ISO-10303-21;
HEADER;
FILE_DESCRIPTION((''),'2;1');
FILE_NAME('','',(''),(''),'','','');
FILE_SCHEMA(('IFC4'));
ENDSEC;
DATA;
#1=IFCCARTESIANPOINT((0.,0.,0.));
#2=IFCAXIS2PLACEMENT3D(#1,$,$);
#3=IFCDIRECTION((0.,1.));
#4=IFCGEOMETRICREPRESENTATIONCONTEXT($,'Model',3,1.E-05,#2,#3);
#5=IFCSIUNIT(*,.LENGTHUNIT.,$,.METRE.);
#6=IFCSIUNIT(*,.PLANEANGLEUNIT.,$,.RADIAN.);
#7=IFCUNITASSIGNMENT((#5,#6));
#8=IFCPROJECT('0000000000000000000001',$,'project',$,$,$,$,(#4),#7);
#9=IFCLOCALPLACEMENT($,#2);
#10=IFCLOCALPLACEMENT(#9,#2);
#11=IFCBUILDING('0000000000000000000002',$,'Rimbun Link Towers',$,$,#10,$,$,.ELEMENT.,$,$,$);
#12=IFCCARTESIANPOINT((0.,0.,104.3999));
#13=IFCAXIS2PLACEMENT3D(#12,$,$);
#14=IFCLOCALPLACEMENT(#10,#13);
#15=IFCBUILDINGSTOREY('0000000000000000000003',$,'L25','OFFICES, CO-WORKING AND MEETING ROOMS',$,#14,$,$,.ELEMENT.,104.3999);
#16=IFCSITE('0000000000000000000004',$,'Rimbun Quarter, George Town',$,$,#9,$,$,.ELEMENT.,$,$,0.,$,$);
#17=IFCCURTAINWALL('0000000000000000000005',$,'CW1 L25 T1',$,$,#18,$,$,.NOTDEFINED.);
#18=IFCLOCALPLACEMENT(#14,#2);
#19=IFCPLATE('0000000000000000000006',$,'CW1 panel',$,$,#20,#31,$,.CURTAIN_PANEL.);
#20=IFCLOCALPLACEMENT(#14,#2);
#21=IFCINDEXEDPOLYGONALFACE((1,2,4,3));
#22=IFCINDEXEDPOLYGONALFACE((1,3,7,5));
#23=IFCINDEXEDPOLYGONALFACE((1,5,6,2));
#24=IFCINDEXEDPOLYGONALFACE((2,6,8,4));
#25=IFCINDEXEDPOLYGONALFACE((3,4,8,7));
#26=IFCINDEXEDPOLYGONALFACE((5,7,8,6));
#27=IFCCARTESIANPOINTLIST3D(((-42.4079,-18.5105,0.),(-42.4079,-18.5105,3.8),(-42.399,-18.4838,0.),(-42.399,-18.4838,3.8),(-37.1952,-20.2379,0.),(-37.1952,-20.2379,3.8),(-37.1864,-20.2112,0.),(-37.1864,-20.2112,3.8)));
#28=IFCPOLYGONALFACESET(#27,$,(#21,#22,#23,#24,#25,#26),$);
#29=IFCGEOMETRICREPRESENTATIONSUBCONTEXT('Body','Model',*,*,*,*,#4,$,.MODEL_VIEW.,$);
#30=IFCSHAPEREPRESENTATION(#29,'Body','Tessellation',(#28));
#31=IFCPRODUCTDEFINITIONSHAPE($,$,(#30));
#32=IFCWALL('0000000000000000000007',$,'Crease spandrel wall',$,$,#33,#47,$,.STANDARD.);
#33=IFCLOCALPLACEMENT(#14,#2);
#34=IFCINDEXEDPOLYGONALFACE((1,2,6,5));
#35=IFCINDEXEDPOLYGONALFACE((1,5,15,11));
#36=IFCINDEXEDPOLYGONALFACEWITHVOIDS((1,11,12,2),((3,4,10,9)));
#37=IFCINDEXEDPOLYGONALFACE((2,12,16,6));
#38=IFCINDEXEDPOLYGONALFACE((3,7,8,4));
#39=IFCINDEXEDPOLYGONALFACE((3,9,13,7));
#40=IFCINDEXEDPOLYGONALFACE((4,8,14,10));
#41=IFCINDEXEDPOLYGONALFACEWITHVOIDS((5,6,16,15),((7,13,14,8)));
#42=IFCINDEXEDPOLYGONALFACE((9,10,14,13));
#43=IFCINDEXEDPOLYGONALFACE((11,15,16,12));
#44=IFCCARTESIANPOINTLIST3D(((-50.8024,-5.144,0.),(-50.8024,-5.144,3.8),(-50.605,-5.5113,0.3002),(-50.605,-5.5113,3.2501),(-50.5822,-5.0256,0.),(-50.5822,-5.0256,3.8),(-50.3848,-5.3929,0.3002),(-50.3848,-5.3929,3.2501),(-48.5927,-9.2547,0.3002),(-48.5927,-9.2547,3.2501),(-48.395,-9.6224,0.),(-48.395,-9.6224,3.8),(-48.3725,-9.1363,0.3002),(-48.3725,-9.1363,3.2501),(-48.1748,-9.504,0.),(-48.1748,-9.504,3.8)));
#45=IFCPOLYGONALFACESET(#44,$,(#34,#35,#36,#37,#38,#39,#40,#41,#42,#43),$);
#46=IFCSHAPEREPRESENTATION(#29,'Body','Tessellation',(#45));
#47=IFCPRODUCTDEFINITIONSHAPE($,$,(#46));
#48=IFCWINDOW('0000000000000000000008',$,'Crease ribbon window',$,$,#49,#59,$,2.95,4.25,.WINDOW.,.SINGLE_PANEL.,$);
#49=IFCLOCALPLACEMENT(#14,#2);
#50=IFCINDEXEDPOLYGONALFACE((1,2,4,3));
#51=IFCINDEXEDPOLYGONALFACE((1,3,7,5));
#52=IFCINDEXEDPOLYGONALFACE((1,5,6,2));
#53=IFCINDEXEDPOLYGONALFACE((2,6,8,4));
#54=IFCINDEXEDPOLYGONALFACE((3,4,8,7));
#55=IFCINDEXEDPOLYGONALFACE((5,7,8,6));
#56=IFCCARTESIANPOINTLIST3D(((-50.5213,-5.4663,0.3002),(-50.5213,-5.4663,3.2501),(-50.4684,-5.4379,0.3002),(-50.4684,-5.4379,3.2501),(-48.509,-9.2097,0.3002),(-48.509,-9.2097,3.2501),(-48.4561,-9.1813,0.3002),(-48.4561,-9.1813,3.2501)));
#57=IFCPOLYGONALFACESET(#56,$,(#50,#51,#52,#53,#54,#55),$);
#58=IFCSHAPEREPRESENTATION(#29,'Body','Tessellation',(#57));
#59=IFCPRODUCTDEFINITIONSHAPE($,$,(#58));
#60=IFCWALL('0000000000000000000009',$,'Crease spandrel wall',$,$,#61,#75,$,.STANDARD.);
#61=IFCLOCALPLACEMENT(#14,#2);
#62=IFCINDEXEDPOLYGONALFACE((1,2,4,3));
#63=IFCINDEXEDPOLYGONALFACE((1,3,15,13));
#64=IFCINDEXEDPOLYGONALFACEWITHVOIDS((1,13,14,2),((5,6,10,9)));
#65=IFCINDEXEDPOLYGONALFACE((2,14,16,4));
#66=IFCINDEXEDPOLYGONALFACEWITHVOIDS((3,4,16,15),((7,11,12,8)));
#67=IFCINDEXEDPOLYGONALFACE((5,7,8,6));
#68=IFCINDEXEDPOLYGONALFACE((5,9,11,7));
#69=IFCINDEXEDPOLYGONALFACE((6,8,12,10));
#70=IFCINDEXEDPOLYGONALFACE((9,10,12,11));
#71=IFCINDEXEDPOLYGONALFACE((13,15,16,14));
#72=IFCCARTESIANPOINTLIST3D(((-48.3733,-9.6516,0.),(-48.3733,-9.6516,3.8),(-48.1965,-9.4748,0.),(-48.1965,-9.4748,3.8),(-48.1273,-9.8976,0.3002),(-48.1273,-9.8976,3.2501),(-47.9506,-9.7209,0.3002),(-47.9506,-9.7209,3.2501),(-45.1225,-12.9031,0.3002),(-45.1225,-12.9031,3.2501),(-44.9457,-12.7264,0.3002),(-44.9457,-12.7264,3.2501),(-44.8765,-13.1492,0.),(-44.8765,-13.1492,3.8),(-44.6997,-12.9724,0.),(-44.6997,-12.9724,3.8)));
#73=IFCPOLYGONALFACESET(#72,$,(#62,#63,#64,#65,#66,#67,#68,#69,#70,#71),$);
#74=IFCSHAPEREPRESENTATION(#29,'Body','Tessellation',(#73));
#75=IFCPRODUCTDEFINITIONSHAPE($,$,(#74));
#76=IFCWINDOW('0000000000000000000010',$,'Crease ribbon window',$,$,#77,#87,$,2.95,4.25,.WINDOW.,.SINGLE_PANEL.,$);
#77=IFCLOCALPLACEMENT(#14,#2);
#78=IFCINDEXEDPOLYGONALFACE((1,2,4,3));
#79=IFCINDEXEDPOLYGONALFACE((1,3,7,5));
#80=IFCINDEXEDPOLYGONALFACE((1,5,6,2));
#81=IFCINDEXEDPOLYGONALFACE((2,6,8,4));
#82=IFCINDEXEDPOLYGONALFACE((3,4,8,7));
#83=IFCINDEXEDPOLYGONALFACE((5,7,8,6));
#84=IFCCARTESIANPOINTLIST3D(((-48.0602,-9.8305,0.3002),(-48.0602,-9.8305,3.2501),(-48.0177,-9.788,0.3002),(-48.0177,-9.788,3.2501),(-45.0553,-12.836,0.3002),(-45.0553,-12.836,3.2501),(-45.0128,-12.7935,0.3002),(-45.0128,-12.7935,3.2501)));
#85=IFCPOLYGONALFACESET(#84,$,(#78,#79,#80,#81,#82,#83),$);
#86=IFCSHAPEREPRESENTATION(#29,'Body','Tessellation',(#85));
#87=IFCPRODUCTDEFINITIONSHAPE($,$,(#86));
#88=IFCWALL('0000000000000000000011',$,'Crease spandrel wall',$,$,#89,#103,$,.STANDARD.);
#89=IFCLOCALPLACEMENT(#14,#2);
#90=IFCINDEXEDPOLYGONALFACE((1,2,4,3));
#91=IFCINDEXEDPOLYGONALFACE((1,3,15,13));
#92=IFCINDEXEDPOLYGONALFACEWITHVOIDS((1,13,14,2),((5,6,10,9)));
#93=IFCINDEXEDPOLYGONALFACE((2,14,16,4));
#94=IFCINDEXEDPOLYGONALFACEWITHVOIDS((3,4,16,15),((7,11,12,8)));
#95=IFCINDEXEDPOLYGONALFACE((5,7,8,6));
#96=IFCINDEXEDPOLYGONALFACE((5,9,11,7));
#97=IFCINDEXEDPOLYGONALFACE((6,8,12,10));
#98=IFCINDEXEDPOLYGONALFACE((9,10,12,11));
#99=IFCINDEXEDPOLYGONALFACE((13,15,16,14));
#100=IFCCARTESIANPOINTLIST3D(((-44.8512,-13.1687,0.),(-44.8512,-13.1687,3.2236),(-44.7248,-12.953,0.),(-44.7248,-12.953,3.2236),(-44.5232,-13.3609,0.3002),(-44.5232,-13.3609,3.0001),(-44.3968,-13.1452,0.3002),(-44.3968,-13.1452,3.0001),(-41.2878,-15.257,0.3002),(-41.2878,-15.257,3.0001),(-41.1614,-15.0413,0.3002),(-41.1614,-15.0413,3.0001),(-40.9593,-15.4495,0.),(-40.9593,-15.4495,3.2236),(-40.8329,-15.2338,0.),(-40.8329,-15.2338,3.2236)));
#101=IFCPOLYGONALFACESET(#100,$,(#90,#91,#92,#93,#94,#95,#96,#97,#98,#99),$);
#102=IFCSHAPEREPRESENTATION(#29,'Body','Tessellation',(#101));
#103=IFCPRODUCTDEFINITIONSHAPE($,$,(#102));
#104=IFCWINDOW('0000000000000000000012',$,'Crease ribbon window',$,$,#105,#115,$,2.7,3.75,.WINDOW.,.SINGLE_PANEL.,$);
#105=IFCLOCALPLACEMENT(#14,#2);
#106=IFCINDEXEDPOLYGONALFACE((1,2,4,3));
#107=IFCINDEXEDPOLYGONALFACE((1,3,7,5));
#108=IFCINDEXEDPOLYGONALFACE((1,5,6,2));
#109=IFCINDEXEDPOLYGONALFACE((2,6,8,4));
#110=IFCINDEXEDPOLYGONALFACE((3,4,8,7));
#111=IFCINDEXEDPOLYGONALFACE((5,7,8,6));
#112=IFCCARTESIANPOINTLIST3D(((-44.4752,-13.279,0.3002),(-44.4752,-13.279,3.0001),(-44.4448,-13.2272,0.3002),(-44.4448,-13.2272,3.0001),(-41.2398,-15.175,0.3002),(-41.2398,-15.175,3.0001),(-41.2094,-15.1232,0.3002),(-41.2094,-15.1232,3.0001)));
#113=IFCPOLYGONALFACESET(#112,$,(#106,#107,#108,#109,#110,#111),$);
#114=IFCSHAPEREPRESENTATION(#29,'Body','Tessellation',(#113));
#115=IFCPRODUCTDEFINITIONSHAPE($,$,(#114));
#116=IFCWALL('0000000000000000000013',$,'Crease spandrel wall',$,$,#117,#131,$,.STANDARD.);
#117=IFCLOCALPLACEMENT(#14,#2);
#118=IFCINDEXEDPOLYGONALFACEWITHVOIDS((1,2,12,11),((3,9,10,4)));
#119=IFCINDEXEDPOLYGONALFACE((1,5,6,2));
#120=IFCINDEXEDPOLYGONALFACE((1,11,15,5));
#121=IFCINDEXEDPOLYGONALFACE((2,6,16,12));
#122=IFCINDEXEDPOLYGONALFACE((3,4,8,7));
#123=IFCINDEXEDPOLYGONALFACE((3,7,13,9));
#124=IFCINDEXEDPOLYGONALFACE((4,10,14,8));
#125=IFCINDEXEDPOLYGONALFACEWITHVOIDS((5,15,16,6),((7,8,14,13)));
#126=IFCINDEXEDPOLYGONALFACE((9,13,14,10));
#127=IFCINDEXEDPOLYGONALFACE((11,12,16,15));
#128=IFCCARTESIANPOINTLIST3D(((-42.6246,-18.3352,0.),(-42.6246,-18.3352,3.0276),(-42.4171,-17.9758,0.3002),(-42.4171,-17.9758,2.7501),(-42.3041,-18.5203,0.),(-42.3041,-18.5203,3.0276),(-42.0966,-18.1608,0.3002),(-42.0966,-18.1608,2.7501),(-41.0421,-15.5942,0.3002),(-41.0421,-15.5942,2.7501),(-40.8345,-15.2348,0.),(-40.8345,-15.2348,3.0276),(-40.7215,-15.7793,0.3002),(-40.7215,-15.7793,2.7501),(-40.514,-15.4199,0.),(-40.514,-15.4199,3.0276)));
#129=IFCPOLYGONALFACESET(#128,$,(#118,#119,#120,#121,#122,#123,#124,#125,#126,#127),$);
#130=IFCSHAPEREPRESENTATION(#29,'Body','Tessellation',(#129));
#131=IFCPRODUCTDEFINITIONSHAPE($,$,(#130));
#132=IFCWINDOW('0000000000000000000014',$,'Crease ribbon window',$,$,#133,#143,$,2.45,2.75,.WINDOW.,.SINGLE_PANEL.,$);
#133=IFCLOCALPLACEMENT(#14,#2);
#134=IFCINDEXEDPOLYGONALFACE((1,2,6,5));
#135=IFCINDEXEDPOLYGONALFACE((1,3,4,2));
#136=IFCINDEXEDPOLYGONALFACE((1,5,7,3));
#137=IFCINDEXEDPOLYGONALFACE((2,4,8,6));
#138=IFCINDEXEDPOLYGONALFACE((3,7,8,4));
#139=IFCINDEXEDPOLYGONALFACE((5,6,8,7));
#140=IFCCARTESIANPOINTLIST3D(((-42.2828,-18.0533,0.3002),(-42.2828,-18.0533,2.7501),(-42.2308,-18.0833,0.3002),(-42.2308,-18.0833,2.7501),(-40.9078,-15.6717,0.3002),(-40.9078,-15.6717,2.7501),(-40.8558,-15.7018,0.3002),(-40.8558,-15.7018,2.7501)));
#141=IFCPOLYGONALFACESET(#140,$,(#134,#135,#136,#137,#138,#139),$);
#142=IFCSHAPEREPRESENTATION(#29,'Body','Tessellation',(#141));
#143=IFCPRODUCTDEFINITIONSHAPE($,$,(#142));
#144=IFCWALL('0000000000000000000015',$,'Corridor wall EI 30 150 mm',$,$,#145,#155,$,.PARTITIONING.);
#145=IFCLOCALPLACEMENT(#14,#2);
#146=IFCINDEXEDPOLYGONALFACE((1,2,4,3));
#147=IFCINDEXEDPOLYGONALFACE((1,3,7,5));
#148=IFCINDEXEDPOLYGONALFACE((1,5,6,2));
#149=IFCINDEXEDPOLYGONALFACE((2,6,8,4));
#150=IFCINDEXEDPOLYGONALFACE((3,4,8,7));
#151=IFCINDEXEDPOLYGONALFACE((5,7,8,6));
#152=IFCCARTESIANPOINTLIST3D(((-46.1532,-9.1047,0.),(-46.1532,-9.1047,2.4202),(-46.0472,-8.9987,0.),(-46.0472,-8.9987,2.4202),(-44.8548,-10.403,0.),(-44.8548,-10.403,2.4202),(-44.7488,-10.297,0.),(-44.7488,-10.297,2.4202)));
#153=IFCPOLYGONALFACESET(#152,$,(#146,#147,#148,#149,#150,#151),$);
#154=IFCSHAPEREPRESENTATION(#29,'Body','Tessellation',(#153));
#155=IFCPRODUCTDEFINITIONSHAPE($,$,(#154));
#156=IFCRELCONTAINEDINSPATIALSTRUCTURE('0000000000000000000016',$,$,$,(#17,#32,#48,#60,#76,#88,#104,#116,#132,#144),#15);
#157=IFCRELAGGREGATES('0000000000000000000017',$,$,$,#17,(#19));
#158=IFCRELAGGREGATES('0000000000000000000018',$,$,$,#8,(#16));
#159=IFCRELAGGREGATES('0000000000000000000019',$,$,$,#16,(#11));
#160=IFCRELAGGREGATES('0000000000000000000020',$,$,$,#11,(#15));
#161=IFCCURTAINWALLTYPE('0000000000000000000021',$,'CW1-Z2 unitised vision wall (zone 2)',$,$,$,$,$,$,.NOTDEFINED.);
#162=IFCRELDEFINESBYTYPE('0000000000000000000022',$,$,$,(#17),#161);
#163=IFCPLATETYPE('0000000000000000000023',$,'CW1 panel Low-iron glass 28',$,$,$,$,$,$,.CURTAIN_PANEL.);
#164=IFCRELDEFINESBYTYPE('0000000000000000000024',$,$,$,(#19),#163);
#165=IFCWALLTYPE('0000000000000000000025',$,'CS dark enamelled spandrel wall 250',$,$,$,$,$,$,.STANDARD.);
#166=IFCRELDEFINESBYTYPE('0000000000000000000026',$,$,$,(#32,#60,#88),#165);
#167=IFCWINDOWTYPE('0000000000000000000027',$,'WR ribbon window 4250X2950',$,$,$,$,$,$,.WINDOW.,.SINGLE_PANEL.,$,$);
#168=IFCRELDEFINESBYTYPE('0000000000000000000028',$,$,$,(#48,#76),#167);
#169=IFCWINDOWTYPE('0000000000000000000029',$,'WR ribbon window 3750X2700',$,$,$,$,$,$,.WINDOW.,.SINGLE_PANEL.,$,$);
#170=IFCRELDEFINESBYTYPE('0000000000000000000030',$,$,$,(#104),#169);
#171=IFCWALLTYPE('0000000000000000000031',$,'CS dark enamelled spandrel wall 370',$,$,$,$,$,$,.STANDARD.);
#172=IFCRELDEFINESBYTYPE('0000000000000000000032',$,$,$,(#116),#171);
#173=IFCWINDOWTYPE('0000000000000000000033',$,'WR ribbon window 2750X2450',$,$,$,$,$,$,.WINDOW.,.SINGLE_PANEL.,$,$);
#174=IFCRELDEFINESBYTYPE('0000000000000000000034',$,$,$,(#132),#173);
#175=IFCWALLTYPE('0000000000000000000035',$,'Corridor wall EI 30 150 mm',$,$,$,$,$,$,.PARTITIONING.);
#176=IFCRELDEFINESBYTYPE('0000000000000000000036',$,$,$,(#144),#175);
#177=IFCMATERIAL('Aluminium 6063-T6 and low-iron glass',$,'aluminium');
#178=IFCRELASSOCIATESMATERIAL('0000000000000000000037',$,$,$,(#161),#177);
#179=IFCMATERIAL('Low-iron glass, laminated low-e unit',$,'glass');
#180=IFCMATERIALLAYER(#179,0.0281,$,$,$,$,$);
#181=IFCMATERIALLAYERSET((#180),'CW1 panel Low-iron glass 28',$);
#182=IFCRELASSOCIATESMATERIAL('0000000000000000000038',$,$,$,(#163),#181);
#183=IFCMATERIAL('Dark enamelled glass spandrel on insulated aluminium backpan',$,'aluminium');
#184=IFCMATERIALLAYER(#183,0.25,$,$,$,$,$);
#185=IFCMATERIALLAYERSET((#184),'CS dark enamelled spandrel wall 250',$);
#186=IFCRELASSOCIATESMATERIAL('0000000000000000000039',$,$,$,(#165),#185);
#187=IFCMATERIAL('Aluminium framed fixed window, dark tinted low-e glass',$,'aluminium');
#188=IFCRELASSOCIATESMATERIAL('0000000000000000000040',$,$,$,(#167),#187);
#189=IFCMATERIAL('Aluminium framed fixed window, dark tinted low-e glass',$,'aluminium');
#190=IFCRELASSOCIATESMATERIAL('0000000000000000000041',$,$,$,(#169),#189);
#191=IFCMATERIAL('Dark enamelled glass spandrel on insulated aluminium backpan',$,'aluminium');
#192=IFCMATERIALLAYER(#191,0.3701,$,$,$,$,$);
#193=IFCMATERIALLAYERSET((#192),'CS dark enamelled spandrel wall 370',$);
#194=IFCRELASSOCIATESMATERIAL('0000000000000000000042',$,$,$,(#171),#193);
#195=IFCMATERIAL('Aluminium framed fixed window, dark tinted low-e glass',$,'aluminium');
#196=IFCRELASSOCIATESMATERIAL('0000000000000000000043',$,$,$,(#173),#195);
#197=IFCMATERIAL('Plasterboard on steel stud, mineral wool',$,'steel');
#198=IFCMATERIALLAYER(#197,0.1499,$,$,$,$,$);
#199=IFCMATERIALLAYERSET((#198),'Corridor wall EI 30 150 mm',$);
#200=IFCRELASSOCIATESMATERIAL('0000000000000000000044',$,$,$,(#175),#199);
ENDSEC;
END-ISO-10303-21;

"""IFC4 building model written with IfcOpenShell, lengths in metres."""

from ifc_helpers import new_model, si_unit, direction, frame, frame_2d, origin, origin_2d, place, context, subcontext, project, spatial, rectangle, extrude, material, layer, layer_set, type_object, element, fill, aggregate, save


model = new_model("IFC4")

# Units and contexts
model_context = context("Model", 3, precision=1e-05, world=origin(), true_north=direction((0.0, 1.0)))
body_context = subcontext(model_context, "Body", "Model", "MODEL_VIEW")
ifc_project = project(units=[si_unit("LENGTHUNIT", "METRE"), si_unit("PLANEANGLEUNIT", "RADIAN")], contexts=[model_context])

# Site, building, storey
site_placement = place(None, origin())
site = spatial("IfcSite", under=ifc_project, at=site_placement, Name="Rimbun Quarter, George Town", CompositionType="ELEMENT", RefElevation=0.0)
building_placement = place(site_placement, origin())
building = spatial("IfcBuilding", under=site, at=building_placement, Name="Rimbun Link Towers", CompositionType="ELEMENT")
storey_placement = place(building_placement, frame((0.0, 0.0, 104.3999)))
storey = spatial("IfcBuildingStorey", under=building, at=storey_placement, Name="L25", Description="OFFICES, CO-WORKING AND MEETING ROOMS", CompositionType="ELEMENT", Elevation=104.3999)

# Curtain wall
ifc_material_1 = material(Name="Aluminium 6063-T6 and low-iron glass", Category="aluminium")
curtain_wall_type = type_object("IfcCurtainWallType", Name="CW1-Z2 unitised vision wall (zone 2)", PredefinedType="NOTDEFINED", material=ifc_material_1)
curtain_wall_placement = place(storey_placement, origin())
curtain_wall = element("IfcCurtainWall", 1, at=curtain_wall_placement, inside=storey, type_object=curtain_wall_type, Name="CW1 L25 T1", PredefinedType="NOTDEFINED")

# Plate
ifc_material_2 = material(Name="Low-iron glass, laminated low-e unit", Category="glass")
ifc_layer_1 = layer(ifc_material_2, 0.0281)
ifc_layer_set_1 = layer_set([ifc_layer_1], Name="CW1 panel Low-iron glass 28")
plate_type = type_object("IfcPlateType", Name="CW1 panel Low-iron glass 28", PredefinedType="CURTAIN_PANEL", material=ifc_layer_set_1)
plate_placement = place(storey_placement, frame((-39.7971, -19.3608, 0.0), z_axis=(0.0, 0.0, 1.0), x_axis=(-0.949237, 0.314562, 0.0)))
plate = element("IfcPlate", 2, at=plate_placement, type_object=plate_type, Name="CW1 panel", PredefinedType="CURTAIN_PANEL", context=body_context, shape_type="SweptSolid", body=[
    extrude(rectangle(XDim=5.4915, YDim=0.0281, at=origin_2d()), origin(), (0.0, 0.0, 1.0), 3.8),
])
aggregate(curtain_wall, [plate])

# Walls, openings, windows
ifc_material_3 = material(Name="Dark enamelled glass spandrel on insulated aluminium backpan", Category="aluminium")
ifc_layer_2 = layer(ifc_material_3, 0.25)
ifc_layer_set_2 = layer_set([ifc_layer_2], Name="CS dark enamelled spandrel wall 250")
wall_type_1 = type_object("IfcWallType", Name="CS dark enamelled spandrel wall 250", PredefinedType="STANDARD", material=ifc_layer_set_2)
wall_1_placement = place(storey_placement, frame((-48.2849, -9.5632, 0.0), z_axis=(0.0, 0.0, 1.0), x_axis=(-0.473484, 0.880802, 0.0)))
wall_1 = element("IfcWall", 3, at=wall_1_placement, inside=storey, type_object=wall_type_1, Name="Crease spandrel wall", PredefinedType="STANDARD", context=body_context, shape_type="SweptSolid", body=[
    extrude(rectangle(XDim=5.0845, YDim=0.25, at=frame_2d((2.5422, 0.0))), origin(), (0.0, 0.0, 1.0), 3.8),
])
opening_1_placement = place(wall_1_placement, frame((0.4175, 0.0, 0.3)))
opening_1 = element("IfcOpeningElement", 4, at=opening_1_placement, cuts=wall_1, PredefinedType="OPENING", context=body_context, shape_type="SweptSolid", body=[
    extrude(rectangle(XDim=4.25, YDim=2.95, at=frame_2d((2.125, 1.4751))), frame((0.0, 0.135, 0.0), z_axis=(0.0, -1.0, 0.0), x_axis=(1.0, 0.0, 0.0)), (0.0, 0.0, 1.0), 0.27),
])
ifc_material_4 = material(Name="Aluminium framed fixed window, dark tinted low-e glass", Category="aluminium")
window_type_1 = type_object("IfcWindowType", Name="WR ribbon window 4250X2950", PartitioningType="SINGLE_PANEL", PredefinedType="WINDOW", material=ifc_material_4)
window_1_placement = place(opening_1_placement, origin())
window_1 = element("IfcWindow", 5, at=window_1_placement, inside=storey, type_object=window_type_1, Name="Crease ribbon window", OverallHeight=2.95, OverallWidth=4.25, PartitioningType="SINGLE_PANEL", PredefinedType="WINDOW", context=body_context, shape_type="SweptSolid", body=[
    extrude(rectangle(XDim=4.25, YDim=2.95, at=frame_2d((2.125, 1.4751))), frame((0.0, 0.03, 0.0), z_axis=(0.0, -1.0, 0.0), x_axis=(1.0, 0.0, 0.0)), (0.0, 0.0, 1.0), 0.0601),
])
fill(opening_1, window_1)
wall_2_placement = place(storey_placement, frame((-44.7881, -13.0608, 0.0), z_axis=(0.0, 0.0, 1.0), x_axis=(-0.707033, 0.707181, 0.0)))
wall_2 = element("IfcWall", 6, at=wall_2_placement, inside=storey, type_object=wall_type_1, Name="Crease spandrel wall", PredefinedType="STANDARD", context=body_context, shape_type="SweptSolid", body=[
    extrude(rectangle(XDim=4.9458, YDim=0.25, at=frame_2d((2.4729, 0.0))), origin(), (0.0, 0.0, 1.0), 3.8),
])
opening_2_placement = place(wall_2_placement, frame((0.3479, 0.0, 0.3)))
opening_2 = element("IfcOpeningElement", 7, at=opening_2_placement, cuts=wall_2, PredefinedType="OPENING", context=body_context, shape_type="SweptSolid", body=[
    extrude(rectangle(XDim=4.25, YDim=2.95, at=frame_2d((2.125, 1.4751))), frame((0.0, 0.135, 0.0), z_axis=(0.0, -1.0, 0.0), x_axis=(1.0, 0.0, 0.0)), (0.0, 0.0, 1.0), 0.27),
])
window_2_placement = place(opening_2_placement, origin())
window_2 = element("IfcWindow", 8, at=window_2_placement, inside=storey, type_object=window_type_1, Name="Crease ribbon window", OverallHeight=2.95, OverallWidth=4.25, PartitioningType="SINGLE_PANEL", PredefinedType="WINDOW", context=body_context, shape_type="SweptSolid", body=[
    extrude(rectangle(XDim=4.25, YDim=2.95, at=frame_2d((2.125, 1.4751))), frame((0.0, 0.03, 0.0), z_axis=(0.0, -1.0, 0.0), x_axis=(1.0, 0.0, 0.0)), (0.0, 0.0, 1.0), 0.0601),
])
fill(opening_2, window_2)
wall_3_placement = place(storey_placement, frame((-40.8962, -15.3416, 0.0), z_axis=(0.0, 0.0, 1.0), x_axis=(-0.862762, 0.50561, 0.0)))
wall_3 = element("IfcWall", 9, at=wall_3_placement, inside=storey, type_object=wall_type_1, Name="Crease spandrel wall", PredefinedType="STANDARD", context=body_context, shape_type="SweptSolid", body=[
    extrude(rectangle(XDim=4.511, YDim=0.25, at=frame_2d((2.2554, 0.0))), origin(), (0.0, 0.0, 1.0), 3.2236),
])
opening_3_placement = place(wall_3_placement, frame((0.3806, 0.0, 0.3)))
opening_3 = element("IfcOpeningElement", 10, at=opening_3_placement, cuts=wall_3, PredefinedType="OPENING", context=body_context, shape_type="SweptSolid", body=[
    extrude(rectangle(XDim=3.75, YDim=2.7, at=frame_2d((1.875, 1.3501))), frame((0.0, 0.135, 0.0), z_axis=(0.0, -1.0, 0.0), x_axis=(1.0, 0.0, 0.0)), (0.0, 0.0, 1.0), 0.27),
])
ifc_material_5 = material(Name="Aluminium framed fixed window, dark tinted low-e glass", Category="aluminium")
window_type_2 = type_object("IfcWindowType", Name="WR ribbon window 3750X2700", PartitioningType="SINGLE_PANEL", PredefinedType="WINDOW", material=ifc_material_5)
window_3_placement = place(opening_3_placement, origin())
window_3 = element("IfcWindow", 11, at=window_3_placement, inside=storey, type_object=window_type_2, Name="Crease ribbon window", OverallHeight=2.7, OverallWidth=3.75, PartitioningType="SINGLE_PANEL", PredefinedType="WINDOW", context=body_context, shape_type="SweptSolid", body=[
    extrude(rectangle(XDim=3.75, YDim=2.7, at=frame_2d((1.875, 1.3501))), frame((0.0, 0.03, 0.0), z_axis=(0.0, -1.0, 0.0), x_axis=(1.0, 0.0, 0.0)), (0.0, 0.0, 1.0), 0.0601),
])
fill(opening_3, window_3)
ifc_material_6 = material(Name="Dark enamelled glass spandrel on insulated aluminium backpan", Category="aluminium")
ifc_layer_3 = layer(ifc_material_6, 0.3701)
ifc_layer_set_3 = layer_set([ifc_layer_3], Name="CS dark enamelled spandrel wall 370")
wall_type_2 = type_object("IfcWallType", Name="CS dark enamelled spandrel wall 370", PredefinedType="STANDARD", material=ifc_layer_set_3)
wall_4_placement = place(storey_placement, frame((-42.4644, -18.4277, 0.0), z_axis=(0.0, 0.0, 1.0), x_axis=(0.500012, 0.866019, 0.0)))
wall_4 = element("IfcWall", 12, at=wall_4_placement, inside=storey, type_object=wall_type_2, Name="Crease spandrel wall", PredefinedType="STANDARD", context=body_context, shape_type="SweptSolid", body=[
    extrude(rectangle(XDim=3.5801, YDim=0.3701, at=frame_2d((1.79, 0.0))), origin(), (0.0, 0.0, 1.0), 3.0276),
])
opening_4_placement = place(wall_4_placement, frame((0.415, 0.0, 0.3)))
opening_4 = element("IfcOpeningElement", 13, at=opening_4_placement, cuts=wall_4, PredefinedType="OPENING", context=body_context, shape_type="SweptSolid", body=[
    extrude(rectangle(XDim=2.75, YDim=2.45, at=frame_2d((1.375, 1.2251))), frame((0.0, 0.1951, 0.0), z_axis=(0.0, -1.0, 0.0), x_axis=(1.0, 0.0, 0.0)), (0.0, 0.0, 1.0), 0.3901),
])
ifc_material_7 = material(Name="Aluminium framed fixed window, dark tinted low-e glass", Category="aluminium")
window_type_3 = type_object("IfcWindowType", Name="WR ribbon window 2750X2450", PartitioningType="SINGLE_PANEL", PredefinedType="WINDOW", material=ifc_material_7)
window_4_placement = place(opening_4_placement, origin())
window_4 = element("IfcWindow", 14, at=window_4_placement, inside=storey, type_object=window_type_3, Name="Crease ribbon window", OverallHeight=2.45, OverallWidth=2.75, PartitioningType="SINGLE_PANEL", PredefinedType="WINDOW", context=body_context, shape_type="SweptSolid", body=[
    extrude(rectangle(XDim=2.75, YDim=2.45, at=frame_2d((1.375, 1.2251))), frame((0.0, 0.03, 0.0), z_axis=(0.0, -1.0, 0.0), x_axis=(1.0, 0.0, 0.0)), (0.0, 0.0, 1.0), 0.0601),
])
fill(opening_4, window_4)

# Wall
ifc_material_8 = material(Name="Plasterboard on steel stud, mineral wool", Category="steel")
ifc_layer_4 = layer(ifc_material_8, 0.1499)
ifc_layer_set_4 = layer_set([ifc_layer_4], Name="Corridor wall EI 30 150 mm")
wall_type_3 = type_object("IfcWallType", Name="Corridor wall EI 30 150 mm", PredefinedType="PARTITIONING", material=ifc_layer_set_4)
wall_5_placement = place(storey_placement, frame((-46.1001, -9.0518, 0.0), z_axis=(0.0, 0.0, 1.0), x_axis=(0.707107, -0.707107, 0.0)))
element("IfcWall", 15, at=wall_5_placement, inside=storey, type_object=wall_type_3, Name="Corridor wall EI 30 150 mm", PredefinedType="PARTITIONING", context=body_context, shape_type="SweptSolid", body=[
    extrude(rectangle(XDim=1.8362, YDim=0.1499, at=frame_2d((0.918, 0.0))), origin(), (0.0, 0.0, 1.0), 2.4202),
])

save(model, "model.ifc")
